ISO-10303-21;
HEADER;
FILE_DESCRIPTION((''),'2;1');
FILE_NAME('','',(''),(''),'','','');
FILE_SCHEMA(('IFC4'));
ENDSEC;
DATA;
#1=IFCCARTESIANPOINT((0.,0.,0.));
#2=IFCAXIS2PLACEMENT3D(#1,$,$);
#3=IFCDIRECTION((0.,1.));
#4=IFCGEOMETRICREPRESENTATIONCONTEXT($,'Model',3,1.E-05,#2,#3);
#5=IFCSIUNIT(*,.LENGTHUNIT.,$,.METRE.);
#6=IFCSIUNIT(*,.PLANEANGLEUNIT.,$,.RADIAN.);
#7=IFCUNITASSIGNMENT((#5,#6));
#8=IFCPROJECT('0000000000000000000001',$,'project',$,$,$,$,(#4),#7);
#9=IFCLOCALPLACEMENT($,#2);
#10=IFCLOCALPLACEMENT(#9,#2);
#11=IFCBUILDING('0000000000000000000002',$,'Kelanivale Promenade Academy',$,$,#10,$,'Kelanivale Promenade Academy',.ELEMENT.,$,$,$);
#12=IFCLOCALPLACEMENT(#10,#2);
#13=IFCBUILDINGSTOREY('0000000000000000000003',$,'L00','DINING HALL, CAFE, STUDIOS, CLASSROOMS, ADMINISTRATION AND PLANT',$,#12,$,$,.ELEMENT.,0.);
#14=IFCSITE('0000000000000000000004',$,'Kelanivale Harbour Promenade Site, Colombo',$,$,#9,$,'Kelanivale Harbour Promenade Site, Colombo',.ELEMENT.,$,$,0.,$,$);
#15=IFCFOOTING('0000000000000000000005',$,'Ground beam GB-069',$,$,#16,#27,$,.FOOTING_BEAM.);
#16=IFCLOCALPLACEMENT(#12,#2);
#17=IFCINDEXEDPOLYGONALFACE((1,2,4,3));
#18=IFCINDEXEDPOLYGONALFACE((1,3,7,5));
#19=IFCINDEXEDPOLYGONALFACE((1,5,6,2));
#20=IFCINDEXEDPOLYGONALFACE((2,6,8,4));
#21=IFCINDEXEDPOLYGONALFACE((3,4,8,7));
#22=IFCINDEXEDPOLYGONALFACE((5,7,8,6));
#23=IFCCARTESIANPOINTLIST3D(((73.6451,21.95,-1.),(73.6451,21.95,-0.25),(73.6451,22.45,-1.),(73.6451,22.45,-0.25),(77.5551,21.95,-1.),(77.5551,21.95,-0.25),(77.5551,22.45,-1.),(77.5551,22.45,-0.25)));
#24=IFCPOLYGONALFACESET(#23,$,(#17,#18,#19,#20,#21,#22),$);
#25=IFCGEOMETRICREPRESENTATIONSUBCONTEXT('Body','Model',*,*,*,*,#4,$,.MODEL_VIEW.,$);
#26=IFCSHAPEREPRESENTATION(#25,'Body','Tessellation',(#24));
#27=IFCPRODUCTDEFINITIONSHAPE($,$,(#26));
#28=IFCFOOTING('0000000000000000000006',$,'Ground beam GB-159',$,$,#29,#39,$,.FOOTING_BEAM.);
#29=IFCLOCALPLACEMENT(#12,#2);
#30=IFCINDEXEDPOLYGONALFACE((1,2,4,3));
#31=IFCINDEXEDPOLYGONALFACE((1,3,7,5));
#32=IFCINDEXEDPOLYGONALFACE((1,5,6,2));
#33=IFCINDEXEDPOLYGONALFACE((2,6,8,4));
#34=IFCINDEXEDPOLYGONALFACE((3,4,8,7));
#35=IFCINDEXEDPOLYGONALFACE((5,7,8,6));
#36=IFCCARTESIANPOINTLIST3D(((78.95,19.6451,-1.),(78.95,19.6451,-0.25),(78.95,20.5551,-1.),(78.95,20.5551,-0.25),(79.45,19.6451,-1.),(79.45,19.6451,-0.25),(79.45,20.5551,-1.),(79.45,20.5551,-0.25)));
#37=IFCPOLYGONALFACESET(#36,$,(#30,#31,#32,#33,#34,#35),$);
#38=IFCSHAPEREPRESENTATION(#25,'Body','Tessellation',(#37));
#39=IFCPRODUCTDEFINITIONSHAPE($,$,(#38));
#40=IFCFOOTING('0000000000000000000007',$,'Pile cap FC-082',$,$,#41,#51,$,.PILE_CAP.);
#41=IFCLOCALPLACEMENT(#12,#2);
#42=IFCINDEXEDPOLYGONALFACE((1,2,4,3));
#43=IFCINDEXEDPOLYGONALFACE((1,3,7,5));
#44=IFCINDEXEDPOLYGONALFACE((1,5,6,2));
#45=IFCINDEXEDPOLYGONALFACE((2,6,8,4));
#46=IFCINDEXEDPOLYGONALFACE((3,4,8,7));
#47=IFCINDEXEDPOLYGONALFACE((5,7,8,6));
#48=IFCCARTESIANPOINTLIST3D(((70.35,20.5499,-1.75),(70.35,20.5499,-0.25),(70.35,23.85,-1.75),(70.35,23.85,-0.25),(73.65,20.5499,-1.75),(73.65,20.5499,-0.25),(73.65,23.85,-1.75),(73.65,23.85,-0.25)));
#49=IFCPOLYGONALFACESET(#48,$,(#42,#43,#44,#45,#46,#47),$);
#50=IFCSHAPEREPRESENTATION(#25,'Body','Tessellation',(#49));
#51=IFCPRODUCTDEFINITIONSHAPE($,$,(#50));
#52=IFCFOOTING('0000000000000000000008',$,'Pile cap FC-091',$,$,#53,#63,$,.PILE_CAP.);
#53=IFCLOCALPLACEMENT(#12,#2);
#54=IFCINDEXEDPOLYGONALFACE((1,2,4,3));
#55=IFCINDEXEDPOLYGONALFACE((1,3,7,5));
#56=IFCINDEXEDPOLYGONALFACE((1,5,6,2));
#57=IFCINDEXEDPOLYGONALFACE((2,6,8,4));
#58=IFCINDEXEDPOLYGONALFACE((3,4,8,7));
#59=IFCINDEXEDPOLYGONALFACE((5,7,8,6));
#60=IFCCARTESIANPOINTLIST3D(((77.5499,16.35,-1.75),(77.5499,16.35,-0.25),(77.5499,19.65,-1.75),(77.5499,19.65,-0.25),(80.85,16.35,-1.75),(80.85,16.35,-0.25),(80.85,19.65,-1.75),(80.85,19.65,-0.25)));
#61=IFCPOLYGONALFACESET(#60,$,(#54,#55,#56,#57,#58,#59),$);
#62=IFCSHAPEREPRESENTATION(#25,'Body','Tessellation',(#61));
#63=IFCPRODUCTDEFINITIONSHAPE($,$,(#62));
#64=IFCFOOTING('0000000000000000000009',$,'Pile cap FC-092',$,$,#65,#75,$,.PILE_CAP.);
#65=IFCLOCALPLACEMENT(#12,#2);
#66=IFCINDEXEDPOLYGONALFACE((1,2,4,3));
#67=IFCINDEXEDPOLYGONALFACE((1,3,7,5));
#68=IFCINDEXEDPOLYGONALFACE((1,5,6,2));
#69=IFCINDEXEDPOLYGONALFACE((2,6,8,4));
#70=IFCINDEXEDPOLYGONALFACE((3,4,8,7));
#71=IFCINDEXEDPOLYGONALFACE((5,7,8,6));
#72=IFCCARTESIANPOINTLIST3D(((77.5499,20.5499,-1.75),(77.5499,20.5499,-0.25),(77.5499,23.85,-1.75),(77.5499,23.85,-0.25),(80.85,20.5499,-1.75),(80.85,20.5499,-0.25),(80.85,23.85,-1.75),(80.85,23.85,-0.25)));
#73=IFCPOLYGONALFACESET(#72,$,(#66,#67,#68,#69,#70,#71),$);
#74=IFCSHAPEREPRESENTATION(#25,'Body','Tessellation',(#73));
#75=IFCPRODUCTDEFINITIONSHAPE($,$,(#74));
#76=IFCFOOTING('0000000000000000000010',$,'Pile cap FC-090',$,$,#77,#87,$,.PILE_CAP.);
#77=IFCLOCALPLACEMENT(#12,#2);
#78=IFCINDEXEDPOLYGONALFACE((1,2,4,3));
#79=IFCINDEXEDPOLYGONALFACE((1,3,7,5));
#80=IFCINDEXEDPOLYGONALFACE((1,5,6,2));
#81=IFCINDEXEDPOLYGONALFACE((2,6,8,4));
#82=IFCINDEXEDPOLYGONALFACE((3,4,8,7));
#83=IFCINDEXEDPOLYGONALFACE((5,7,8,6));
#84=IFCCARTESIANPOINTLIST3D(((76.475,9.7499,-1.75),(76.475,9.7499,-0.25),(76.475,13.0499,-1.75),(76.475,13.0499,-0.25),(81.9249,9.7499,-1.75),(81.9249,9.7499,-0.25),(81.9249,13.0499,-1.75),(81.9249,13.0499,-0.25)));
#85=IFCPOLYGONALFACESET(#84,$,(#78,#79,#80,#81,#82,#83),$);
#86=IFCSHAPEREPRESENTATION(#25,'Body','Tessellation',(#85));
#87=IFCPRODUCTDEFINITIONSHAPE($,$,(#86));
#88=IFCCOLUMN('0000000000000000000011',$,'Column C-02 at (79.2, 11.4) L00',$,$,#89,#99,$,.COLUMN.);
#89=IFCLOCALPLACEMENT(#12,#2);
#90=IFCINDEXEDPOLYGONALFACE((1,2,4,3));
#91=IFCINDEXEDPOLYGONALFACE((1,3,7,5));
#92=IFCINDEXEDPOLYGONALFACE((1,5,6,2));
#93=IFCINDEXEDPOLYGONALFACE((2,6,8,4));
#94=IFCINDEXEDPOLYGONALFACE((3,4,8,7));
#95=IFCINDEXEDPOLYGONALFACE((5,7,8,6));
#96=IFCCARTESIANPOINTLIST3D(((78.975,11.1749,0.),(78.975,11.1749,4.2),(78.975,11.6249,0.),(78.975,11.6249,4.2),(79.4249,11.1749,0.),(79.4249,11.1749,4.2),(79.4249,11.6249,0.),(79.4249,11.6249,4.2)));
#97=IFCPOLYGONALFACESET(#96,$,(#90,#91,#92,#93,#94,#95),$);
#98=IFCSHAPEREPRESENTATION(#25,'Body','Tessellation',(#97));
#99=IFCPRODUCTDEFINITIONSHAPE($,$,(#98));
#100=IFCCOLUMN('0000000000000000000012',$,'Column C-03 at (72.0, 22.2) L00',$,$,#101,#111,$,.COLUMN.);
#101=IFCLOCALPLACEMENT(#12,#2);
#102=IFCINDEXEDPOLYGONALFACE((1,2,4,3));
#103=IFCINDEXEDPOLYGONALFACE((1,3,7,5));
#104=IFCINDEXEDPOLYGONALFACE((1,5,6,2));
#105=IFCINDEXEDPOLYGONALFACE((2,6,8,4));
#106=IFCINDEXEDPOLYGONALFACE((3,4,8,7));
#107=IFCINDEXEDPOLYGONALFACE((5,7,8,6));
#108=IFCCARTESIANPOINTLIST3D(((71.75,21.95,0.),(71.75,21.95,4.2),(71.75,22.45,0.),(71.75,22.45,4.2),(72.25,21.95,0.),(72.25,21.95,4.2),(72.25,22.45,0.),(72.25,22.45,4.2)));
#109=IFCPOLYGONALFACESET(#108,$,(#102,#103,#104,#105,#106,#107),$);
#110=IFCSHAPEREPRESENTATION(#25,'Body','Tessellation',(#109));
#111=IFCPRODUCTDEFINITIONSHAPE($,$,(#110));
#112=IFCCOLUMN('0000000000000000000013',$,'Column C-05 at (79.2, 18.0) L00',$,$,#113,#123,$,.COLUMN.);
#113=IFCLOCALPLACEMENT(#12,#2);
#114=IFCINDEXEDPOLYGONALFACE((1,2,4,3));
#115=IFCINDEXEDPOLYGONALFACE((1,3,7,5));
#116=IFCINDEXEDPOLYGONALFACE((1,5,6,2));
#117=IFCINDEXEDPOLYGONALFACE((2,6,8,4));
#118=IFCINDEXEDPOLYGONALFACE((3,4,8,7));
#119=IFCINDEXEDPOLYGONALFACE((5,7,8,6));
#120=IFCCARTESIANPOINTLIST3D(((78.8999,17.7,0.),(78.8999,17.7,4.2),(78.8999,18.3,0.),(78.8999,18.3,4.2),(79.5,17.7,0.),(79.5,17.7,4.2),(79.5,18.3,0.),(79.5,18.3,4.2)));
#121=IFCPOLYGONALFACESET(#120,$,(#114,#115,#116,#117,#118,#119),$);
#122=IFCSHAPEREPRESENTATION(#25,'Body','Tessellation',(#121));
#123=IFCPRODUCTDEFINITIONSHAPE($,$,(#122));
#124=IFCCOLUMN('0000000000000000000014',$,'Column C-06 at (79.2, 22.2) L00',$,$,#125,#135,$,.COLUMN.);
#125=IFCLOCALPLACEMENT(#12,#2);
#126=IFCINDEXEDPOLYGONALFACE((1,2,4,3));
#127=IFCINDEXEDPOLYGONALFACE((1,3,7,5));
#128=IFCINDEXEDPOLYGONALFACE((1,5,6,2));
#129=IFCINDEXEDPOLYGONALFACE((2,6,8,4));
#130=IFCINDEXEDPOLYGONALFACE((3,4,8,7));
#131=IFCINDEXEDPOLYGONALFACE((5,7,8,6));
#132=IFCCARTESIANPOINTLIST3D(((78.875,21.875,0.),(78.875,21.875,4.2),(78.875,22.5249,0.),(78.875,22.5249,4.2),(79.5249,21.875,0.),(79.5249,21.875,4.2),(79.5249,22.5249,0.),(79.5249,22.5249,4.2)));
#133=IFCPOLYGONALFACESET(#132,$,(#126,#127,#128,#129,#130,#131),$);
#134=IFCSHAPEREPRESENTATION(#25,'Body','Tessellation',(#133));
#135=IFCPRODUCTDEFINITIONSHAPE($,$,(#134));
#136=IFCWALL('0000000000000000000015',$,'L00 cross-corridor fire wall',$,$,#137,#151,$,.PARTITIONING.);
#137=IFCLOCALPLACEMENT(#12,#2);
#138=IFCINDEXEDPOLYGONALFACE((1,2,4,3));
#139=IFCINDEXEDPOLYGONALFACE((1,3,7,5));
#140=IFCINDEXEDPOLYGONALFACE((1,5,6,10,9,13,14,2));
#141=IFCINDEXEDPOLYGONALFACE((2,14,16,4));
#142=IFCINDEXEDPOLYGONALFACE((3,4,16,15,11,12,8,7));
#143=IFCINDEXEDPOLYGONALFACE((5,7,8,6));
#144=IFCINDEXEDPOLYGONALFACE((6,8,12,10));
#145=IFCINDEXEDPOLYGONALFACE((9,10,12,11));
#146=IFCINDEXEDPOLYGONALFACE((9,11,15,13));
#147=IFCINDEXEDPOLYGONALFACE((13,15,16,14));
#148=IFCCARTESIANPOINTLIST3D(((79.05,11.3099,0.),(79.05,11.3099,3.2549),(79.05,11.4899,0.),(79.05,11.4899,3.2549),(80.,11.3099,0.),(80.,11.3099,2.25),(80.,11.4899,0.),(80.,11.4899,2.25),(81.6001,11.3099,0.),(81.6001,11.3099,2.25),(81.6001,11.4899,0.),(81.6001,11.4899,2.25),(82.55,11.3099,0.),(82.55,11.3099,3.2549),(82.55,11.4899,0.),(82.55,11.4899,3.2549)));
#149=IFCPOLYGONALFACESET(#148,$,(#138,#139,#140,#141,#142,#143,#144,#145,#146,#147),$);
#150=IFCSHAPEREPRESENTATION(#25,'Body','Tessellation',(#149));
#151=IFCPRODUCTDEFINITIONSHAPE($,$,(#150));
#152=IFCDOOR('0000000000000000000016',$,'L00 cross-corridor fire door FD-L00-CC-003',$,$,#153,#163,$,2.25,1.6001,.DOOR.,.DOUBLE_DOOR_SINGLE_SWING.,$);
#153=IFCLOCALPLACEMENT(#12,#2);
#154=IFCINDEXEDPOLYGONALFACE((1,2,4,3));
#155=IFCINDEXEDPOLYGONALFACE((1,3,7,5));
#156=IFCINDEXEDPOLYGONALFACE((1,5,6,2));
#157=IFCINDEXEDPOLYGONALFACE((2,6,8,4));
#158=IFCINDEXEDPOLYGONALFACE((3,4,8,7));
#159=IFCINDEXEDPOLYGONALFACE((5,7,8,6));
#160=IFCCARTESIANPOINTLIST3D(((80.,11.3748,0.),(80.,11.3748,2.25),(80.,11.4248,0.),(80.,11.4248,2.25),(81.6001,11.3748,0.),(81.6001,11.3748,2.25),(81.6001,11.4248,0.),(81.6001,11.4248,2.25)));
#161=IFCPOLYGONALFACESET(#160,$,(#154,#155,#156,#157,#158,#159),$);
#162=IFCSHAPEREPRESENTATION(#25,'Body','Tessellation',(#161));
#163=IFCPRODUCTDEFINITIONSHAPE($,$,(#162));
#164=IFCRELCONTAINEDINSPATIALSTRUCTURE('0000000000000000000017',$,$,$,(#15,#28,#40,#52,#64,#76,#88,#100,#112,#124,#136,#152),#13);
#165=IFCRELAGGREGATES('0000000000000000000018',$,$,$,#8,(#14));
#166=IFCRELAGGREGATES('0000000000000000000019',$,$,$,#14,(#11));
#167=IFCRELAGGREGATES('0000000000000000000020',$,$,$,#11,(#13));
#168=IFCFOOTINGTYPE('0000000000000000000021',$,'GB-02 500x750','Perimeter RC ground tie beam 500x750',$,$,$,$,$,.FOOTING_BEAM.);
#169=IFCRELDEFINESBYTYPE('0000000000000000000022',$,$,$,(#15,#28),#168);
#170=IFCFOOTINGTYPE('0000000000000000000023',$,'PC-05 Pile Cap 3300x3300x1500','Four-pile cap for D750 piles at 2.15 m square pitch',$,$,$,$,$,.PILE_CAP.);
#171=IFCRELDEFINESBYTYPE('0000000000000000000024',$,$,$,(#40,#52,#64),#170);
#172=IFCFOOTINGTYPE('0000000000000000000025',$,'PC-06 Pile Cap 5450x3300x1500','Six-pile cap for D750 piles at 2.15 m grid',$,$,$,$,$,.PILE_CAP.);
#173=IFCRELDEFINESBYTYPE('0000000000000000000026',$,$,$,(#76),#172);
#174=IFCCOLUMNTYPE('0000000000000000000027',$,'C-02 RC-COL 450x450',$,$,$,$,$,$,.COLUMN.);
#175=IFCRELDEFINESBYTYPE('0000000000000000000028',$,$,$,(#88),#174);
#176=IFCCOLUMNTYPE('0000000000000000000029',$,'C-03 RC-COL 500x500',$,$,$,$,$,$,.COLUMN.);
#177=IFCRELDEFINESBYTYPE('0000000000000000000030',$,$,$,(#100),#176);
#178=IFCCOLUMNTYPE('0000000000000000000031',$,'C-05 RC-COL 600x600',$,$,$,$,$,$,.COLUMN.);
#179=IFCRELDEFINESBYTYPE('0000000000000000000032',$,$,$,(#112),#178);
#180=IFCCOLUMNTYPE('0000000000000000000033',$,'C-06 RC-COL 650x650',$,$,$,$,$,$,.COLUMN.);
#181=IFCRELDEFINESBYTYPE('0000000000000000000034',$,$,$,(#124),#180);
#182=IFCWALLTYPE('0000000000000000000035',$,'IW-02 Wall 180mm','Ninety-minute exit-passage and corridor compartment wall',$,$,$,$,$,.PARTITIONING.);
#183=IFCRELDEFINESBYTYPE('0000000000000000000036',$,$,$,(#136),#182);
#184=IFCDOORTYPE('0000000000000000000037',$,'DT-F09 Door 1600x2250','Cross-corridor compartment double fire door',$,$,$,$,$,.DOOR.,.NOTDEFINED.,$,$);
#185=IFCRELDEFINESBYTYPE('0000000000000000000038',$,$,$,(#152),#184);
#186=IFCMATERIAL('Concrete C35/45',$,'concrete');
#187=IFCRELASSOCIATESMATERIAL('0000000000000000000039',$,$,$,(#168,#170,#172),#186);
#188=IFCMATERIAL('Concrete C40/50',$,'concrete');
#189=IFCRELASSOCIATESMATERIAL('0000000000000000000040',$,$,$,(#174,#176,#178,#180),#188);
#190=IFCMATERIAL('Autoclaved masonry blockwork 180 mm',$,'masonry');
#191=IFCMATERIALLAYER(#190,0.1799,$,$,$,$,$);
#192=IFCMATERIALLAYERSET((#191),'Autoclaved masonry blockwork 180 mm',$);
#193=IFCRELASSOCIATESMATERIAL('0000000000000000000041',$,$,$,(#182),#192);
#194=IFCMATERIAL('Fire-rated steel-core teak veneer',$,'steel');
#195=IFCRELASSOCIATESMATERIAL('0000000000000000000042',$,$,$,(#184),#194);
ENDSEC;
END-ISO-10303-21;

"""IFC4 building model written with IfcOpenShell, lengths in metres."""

from ifc_helpers import new_model, si_unit, direction, frame, frame_2d, origin, origin_2d, place, context, subcontext, project, spatial, rectangle, extrude, material, layer, layer_set, material_profile, profile_set, type_object, element, fill, save


model = new_model("IFC4")

# Units and contexts
model_context = context("Model", 3, precision=1e-05, world=origin(), true_north=direction((0.0, 1.0)))
body_context = subcontext(model_context, "Body", "Model", "MODEL_VIEW")
ifc_project = project(units=[si_unit("LENGTHUNIT", "METRE"), si_unit("PLANEANGLEUNIT", "RADIAN")], contexts=[model_context])

# Site, building, storey
site_placement = place(None, origin())
site = spatial("IfcSite", under=ifc_project, at=site_placement, Name="Kelanivale Harbour Promenade Site, Colombo", LongName="Kelanivale Harbour Promenade Site, Colombo", CompositionType="ELEMENT", RefElevation=0.0)
building_placement = place(site_placement, origin())
building = spatial("IfcBuilding", under=site, at=building_placement, Name="Kelanivale Promenade Academy", LongName="Kelanivale Promenade Academy", CompositionType="ELEMENT")
storey_placement = place(building_placement, origin())
storey = spatial("IfcBuildingStorey", under=building, at=storey_placement, Name="L00", Description="DINING HALL, CAFE, STUDIOS, CLASSROOMS, ADMINISTRATION AND PLANT", CompositionType="ELEMENT", Elevation=0.0)

# Shared definitions
ifc_material_1 = material(Name="Concrete C35/45", Category="concrete")

# Footings
footing_type_1 = type_object("IfcFootingType", Name="GB-02 500x750", Description="Perimeter RC ground tie beam 500x750", PredefinedType="FOOTING_BEAM", material=ifc_material_1)
footing_1_placement = place(storey_placement, frame((75.6001, 22.2, -1.0), z_axis=(0.0, 0.0, 1.0), x_axis=(1.0, 0.0, 0.0)))
element("IfcFooting", 1, at=footing_1_placement, inside=storey, type_object=footing_type_1, Name="Ground beam GB-069", PredefinedType="FOOTING_BEAM", context=body_context, shape_type="SweptSolid", body=[
    extrude(rectangle(XDim=3.9099, YDim=0.5, at=origin_2d()), origin(), (0.0, 0.0, 1.0), 0.75),
])
footing_2_placement = place(storey_placement, frame((79.2, 20.1001, -1.0), z_axis=(0.0, 0.0, 1.0), x_axis=(0.0, 1.0, 0.0)))
element("IfcFooting", 2, at=footing_2_placement, inside=storey, type_object=footing_type_1, Name="Ground beam GB-159", PredefinedType="FOOTING_BEAM", context=body_context, shape_type="SweptSolid", body=[
    extrude(rectangle(XDim=0.9099, YDim=0.5, at=origin_2d()), origin(), (0.0, 0.0, 1.0), 0.75),
])
footing_type_2 = type_object("IfcFootingType", Name="PC-05 Pile Cap 3300x3300x1500", Description="Four-pile cap for D750 piles at 2.15 m square pitch", PredefinedType="PILE_CAP", material=ifc_material_1)
for number, where, z_axis, x_axis, name in (
    (3, (72.0, 22.2, -1.75), (0.0, 0.0, 1.0), (1.0, 0.0, 0.0), "Pile cap FC-082"),
    (4, (79.2, 18.0, -1.75), (0.0, 0.0, 1.0), (1.0, 0.0, 0.0), "Pile cap FC-091"),
    (5, (79.2, 22.2, -1.75), (0.0, 0.0, 1.0), (1.0, 0.0, 0.0), "Pile cap FC-092"),
):
    element("IfcFooting", number, at=place(storey_placement, frame(where, z_axis=z_axis, x_axis=x_axis)), inside=storey, type_object=footing_type_2, Name=name, PredefinedType="PILE_CAP", context=body_context, shape_type="SweptSolid", body=[
        extrude(rectangle(XDim=3.3, YDim=3.3, at=origin_2d()), origin(), (0.0, 0.0, 1.0), 1.5),
    ])
footing_type_3 = type_object("IfcFootingType", Name="PC-06 Pile Cap 5450x3300x1500", Description="Six-pile cap for D750 piles at 2.15 m grid", PredefinedType="PILE_CAP", material=ifc_material_1)
footing_3_placement = place(storey_placement, frame((79.2, 11.3999, -1.75), z_axis=(0.0, 0.0, 1.0), x_axis=(1.0, 0.0, 0.0)))
element("IfcFooting", 6, at=footing_3_placement, inside=storey, type_object=footing_type_3, Name="Pile cap FC-090", PredefinedType="PILE_CAP", context=body_context, shape_type="SweptSolid", body=[
    extrude(rectangle(XDim=5.45, YDim=3.3, at=origin_2d()), origin(), (0.0, 0.0, 1.0), 1.5),
])

# Columns
ifc_material_2 = material(Name="Concrete C40/50", Category="concrete")
ifc_material_profile_1 = material_profile(ifc_material_2, rectangle(XDim=0.45, YDim=0.45, at=origin_2d()), Name="RC-COL 450x450")
ifc_profile_set_1 = profile_set([ifc_material_profile_1], Name="Concrete C40/50")
column_type_1 = type_object("IfcColumnType", Name="C-02 RC-COL 450x450", PredefinedType="COLUMN", material=ifc_profile_set_1)
column_1_placement = place(storey_placement, frame((79.2, 11.3999, 0.0), z_axis=(0.0, 0.0, 1.0), x_axis=(1.0, 0.0, 0.0)))
element("IfcColumn", 7, at=column_1_placement, inside=storey, type_object=column_type_1, Name="Column C-02 at (79.2, 11.4) L00", PredefinedType="COLUMN", context=body_context, shape_type="SweptSolid", body=[
    extrude(rectangle(XDim=0.45, YDim=0.45, at=origin_2d()), origin(), (0.0, 0.0, 1.0), 4.2),
])
ifc_material_profile_2 = material_profile(ifc_material_2, rectangle(XDim=0.5, YDim=0.5, at=origin_2d()), Name="RC-COL 500x500")
ifc_profile_set_2 = profile_set([ifc_material_profile_2], Name="Concrete C40/50")
column_type_2 = type_object("IfcColumnType", Name="C-03 RC-COL 500x500", PredefinedType="COLUMN", material=ifc_profile_set_2)
column_2_placement = place(storey_placement, frame((72.0, 22.2, 0.0), z_axis=(0.0, 0.0, 1.0), x_axis=(1.0, 0.0, 0.0)))
element("IfcColumn", 8, at=column_2_placement, inside=storey, type_object=column_type_2, Name="Column C-03 at (72.0, 22.2) L00", PredefinedType="COLUMN", context=body_context, shape_type="SweptSolid", body=[
    extrude(rectangle(XDim=0.5, YDim=0.5, at=origin_2d()), origin(), (0.0, 0.0, 1.0), 4.2),
])
ifc_material_profile_3 = material_profile(ifc_material_2, rectangle(XDim=0.6001, YDim=0.6001, at=origin_2d()), Name="RC-COL 600x600")
ifc_profile_set_3 = profile_set([ifc_material_profile_3], Name="Concrete C40/50")
column_type_3 = type_object("IfcColumnType", Name="C-05 RC-COL 600x600", PredefinedType="COLUMN", material=ifc_profile_set_3)
column_3_placement = place(storey_placement, frame((79.2, 18.0, 0.0), z_axis=(0.0, 0.0, 1.0), x_axis=(1.0, 0.0, 0.0)))
element("IfcColumn", 9, at=column_3_placement, inside=storey, type_object=column_type_3, Name="Column C-05 at (79.2, 18.0) L00", PredefinedType="COLUMN", context=body_context, shape_type="SweptSolid", body=[
    extrude(rectangle(XDim=0.6001, YDim=0.6001, at=origin_2d()), origin(), (0.0, 0.0, 1.0), 4.2),
])
ifc_material_profile_4 = material_profile(ifc_material_2, rectangle(XDim=0.6499, YDim=0.6499, at=origin_2d()), Name="RC-COL 650x650")
ifc_profile_set_4 = profile_set([ifc_material_profile_4], Name="Concrete C40/50")
column_type_4 = type_object("IfcColumnType", Name="C-06 RC-COL 650x650", PredefinedType="COLUMN", material=ifc_profile_set_4)
column_4_placement = place(storey_placement, frame((79.2, 22.2, 0.0), z_axis=(0.0, 0.0, 1.0), x_axis=(1.0, 0.0, 0.0)))
element("IfcColumn", 10, at=column_4_placement, inside=storey, type_object=column_type_4, Name="Column C-06 at (79.2, 22.2) L00", PredefinedType="COLUMN", context=body_context, shape_type="SweptSolid", body=[
    extrude(rectangle(XDim=0.6499, YDim=0.6499, at=origin_2d()), origin(), (0.0, 0.0, 1.0), 4.2),
])

# Wall, opening, door
ifc_material_3 = material(Name="Autoclaved masonry blockwork 180 mm", Category="masonry")
ifc_layer_1 = layer(ifc_material_3, 0.1799)
ifc_layer_set_1 = layer_set([ifc_layer_1], Name="Autoclaved masonry blockwork 180 mm")
wall_type_1 = type_object("IfcWallType", Name="IW-02 Wall 180mm", Description="Ninety-minute exit-passage and corridor compartment wall", PredefinedType="PARTITIONING", material=ifc_layer_set_1)
wall_1_placement = place(storey_placement, frame((79.05, 11.3999, 0.0), z_axis=(0.0, 0.0, 1.0), x_axis=(1.0, 0.0, 0.0)))
wall_1 = element("IfcWall", 11, at=wall_1_placement, inside=storey, type_object=wall_type_1, Name="L00 cross-corridor fire wall", PredefinedType="PARTITIONING", context=body_context, shape_type="SweptSolid", body=[
    extrude(rectangle(XDim=3.5, YDim=0.1799, at=frame_2d((1.75, 0.0))), origin(), (0.0, 0.0, 1.0), 3.2549),
])
opening_1_placement = place(wall_1_placement, frame((0.95, 0.0, 0.0)))
opening_1 = element("IfcOpeningElement", 12, at=opening_1_placement, cuts=wall_1, PredefinedType="OPENING", context=body_context, shape_type="SweptSolid", body=[
    extrude(rectangle(XDim=1.6001, YDim=2.25, at=frame_2d((0.8, 1.125))), frame((0.0, 0.1001, 0.0), z_axis=(0.0, -1.0, 0.0), x_axis=(1.0, 0.0, 0.0)), (0.0, 0.0, 1.0), 0.2),
])
ifc_material_4 = material(Name="Fire-rated steel-core teak veneer", Category="steel")
door_type_1 = type_object("IfcDoorType", Name="DT-F09 Door 1600x2250", Description="Cross-corridor compartment double fire door", OperationType="NOTDEFINED", PredefinedType="DOOR", material=ifc_material_4)
door_1_placement = place(opening_1_placement, origin())
door_1 = element("IfcDoor", 13, at=door_1_placement, inside=storey, type_object=door_type_1, Name="L00 cross-corridor fire door FD-L00-CC-003", OperationType="DOUBLE_DOOR_SINGLE_SWING", OverallHeight=2.25, OverallWidth=1.6001, PredefinedType="DOOR", context=body_context, shape_type="SweptSolid", body=[
    extrude(rectangle(XDim=1.6001, YDim=2.25, at=frame_2d((0.8, 1.125))), frame((0.0, 0.0249, 0.0), z_axis=(0.0, -1.0, 0.0), x_axis=(1.0, 0.0, 0.0)), (0.0, 0.0, 1.0), 0.05),
])
fill(opening_1, door_1)

save(model, "model.ifc")
